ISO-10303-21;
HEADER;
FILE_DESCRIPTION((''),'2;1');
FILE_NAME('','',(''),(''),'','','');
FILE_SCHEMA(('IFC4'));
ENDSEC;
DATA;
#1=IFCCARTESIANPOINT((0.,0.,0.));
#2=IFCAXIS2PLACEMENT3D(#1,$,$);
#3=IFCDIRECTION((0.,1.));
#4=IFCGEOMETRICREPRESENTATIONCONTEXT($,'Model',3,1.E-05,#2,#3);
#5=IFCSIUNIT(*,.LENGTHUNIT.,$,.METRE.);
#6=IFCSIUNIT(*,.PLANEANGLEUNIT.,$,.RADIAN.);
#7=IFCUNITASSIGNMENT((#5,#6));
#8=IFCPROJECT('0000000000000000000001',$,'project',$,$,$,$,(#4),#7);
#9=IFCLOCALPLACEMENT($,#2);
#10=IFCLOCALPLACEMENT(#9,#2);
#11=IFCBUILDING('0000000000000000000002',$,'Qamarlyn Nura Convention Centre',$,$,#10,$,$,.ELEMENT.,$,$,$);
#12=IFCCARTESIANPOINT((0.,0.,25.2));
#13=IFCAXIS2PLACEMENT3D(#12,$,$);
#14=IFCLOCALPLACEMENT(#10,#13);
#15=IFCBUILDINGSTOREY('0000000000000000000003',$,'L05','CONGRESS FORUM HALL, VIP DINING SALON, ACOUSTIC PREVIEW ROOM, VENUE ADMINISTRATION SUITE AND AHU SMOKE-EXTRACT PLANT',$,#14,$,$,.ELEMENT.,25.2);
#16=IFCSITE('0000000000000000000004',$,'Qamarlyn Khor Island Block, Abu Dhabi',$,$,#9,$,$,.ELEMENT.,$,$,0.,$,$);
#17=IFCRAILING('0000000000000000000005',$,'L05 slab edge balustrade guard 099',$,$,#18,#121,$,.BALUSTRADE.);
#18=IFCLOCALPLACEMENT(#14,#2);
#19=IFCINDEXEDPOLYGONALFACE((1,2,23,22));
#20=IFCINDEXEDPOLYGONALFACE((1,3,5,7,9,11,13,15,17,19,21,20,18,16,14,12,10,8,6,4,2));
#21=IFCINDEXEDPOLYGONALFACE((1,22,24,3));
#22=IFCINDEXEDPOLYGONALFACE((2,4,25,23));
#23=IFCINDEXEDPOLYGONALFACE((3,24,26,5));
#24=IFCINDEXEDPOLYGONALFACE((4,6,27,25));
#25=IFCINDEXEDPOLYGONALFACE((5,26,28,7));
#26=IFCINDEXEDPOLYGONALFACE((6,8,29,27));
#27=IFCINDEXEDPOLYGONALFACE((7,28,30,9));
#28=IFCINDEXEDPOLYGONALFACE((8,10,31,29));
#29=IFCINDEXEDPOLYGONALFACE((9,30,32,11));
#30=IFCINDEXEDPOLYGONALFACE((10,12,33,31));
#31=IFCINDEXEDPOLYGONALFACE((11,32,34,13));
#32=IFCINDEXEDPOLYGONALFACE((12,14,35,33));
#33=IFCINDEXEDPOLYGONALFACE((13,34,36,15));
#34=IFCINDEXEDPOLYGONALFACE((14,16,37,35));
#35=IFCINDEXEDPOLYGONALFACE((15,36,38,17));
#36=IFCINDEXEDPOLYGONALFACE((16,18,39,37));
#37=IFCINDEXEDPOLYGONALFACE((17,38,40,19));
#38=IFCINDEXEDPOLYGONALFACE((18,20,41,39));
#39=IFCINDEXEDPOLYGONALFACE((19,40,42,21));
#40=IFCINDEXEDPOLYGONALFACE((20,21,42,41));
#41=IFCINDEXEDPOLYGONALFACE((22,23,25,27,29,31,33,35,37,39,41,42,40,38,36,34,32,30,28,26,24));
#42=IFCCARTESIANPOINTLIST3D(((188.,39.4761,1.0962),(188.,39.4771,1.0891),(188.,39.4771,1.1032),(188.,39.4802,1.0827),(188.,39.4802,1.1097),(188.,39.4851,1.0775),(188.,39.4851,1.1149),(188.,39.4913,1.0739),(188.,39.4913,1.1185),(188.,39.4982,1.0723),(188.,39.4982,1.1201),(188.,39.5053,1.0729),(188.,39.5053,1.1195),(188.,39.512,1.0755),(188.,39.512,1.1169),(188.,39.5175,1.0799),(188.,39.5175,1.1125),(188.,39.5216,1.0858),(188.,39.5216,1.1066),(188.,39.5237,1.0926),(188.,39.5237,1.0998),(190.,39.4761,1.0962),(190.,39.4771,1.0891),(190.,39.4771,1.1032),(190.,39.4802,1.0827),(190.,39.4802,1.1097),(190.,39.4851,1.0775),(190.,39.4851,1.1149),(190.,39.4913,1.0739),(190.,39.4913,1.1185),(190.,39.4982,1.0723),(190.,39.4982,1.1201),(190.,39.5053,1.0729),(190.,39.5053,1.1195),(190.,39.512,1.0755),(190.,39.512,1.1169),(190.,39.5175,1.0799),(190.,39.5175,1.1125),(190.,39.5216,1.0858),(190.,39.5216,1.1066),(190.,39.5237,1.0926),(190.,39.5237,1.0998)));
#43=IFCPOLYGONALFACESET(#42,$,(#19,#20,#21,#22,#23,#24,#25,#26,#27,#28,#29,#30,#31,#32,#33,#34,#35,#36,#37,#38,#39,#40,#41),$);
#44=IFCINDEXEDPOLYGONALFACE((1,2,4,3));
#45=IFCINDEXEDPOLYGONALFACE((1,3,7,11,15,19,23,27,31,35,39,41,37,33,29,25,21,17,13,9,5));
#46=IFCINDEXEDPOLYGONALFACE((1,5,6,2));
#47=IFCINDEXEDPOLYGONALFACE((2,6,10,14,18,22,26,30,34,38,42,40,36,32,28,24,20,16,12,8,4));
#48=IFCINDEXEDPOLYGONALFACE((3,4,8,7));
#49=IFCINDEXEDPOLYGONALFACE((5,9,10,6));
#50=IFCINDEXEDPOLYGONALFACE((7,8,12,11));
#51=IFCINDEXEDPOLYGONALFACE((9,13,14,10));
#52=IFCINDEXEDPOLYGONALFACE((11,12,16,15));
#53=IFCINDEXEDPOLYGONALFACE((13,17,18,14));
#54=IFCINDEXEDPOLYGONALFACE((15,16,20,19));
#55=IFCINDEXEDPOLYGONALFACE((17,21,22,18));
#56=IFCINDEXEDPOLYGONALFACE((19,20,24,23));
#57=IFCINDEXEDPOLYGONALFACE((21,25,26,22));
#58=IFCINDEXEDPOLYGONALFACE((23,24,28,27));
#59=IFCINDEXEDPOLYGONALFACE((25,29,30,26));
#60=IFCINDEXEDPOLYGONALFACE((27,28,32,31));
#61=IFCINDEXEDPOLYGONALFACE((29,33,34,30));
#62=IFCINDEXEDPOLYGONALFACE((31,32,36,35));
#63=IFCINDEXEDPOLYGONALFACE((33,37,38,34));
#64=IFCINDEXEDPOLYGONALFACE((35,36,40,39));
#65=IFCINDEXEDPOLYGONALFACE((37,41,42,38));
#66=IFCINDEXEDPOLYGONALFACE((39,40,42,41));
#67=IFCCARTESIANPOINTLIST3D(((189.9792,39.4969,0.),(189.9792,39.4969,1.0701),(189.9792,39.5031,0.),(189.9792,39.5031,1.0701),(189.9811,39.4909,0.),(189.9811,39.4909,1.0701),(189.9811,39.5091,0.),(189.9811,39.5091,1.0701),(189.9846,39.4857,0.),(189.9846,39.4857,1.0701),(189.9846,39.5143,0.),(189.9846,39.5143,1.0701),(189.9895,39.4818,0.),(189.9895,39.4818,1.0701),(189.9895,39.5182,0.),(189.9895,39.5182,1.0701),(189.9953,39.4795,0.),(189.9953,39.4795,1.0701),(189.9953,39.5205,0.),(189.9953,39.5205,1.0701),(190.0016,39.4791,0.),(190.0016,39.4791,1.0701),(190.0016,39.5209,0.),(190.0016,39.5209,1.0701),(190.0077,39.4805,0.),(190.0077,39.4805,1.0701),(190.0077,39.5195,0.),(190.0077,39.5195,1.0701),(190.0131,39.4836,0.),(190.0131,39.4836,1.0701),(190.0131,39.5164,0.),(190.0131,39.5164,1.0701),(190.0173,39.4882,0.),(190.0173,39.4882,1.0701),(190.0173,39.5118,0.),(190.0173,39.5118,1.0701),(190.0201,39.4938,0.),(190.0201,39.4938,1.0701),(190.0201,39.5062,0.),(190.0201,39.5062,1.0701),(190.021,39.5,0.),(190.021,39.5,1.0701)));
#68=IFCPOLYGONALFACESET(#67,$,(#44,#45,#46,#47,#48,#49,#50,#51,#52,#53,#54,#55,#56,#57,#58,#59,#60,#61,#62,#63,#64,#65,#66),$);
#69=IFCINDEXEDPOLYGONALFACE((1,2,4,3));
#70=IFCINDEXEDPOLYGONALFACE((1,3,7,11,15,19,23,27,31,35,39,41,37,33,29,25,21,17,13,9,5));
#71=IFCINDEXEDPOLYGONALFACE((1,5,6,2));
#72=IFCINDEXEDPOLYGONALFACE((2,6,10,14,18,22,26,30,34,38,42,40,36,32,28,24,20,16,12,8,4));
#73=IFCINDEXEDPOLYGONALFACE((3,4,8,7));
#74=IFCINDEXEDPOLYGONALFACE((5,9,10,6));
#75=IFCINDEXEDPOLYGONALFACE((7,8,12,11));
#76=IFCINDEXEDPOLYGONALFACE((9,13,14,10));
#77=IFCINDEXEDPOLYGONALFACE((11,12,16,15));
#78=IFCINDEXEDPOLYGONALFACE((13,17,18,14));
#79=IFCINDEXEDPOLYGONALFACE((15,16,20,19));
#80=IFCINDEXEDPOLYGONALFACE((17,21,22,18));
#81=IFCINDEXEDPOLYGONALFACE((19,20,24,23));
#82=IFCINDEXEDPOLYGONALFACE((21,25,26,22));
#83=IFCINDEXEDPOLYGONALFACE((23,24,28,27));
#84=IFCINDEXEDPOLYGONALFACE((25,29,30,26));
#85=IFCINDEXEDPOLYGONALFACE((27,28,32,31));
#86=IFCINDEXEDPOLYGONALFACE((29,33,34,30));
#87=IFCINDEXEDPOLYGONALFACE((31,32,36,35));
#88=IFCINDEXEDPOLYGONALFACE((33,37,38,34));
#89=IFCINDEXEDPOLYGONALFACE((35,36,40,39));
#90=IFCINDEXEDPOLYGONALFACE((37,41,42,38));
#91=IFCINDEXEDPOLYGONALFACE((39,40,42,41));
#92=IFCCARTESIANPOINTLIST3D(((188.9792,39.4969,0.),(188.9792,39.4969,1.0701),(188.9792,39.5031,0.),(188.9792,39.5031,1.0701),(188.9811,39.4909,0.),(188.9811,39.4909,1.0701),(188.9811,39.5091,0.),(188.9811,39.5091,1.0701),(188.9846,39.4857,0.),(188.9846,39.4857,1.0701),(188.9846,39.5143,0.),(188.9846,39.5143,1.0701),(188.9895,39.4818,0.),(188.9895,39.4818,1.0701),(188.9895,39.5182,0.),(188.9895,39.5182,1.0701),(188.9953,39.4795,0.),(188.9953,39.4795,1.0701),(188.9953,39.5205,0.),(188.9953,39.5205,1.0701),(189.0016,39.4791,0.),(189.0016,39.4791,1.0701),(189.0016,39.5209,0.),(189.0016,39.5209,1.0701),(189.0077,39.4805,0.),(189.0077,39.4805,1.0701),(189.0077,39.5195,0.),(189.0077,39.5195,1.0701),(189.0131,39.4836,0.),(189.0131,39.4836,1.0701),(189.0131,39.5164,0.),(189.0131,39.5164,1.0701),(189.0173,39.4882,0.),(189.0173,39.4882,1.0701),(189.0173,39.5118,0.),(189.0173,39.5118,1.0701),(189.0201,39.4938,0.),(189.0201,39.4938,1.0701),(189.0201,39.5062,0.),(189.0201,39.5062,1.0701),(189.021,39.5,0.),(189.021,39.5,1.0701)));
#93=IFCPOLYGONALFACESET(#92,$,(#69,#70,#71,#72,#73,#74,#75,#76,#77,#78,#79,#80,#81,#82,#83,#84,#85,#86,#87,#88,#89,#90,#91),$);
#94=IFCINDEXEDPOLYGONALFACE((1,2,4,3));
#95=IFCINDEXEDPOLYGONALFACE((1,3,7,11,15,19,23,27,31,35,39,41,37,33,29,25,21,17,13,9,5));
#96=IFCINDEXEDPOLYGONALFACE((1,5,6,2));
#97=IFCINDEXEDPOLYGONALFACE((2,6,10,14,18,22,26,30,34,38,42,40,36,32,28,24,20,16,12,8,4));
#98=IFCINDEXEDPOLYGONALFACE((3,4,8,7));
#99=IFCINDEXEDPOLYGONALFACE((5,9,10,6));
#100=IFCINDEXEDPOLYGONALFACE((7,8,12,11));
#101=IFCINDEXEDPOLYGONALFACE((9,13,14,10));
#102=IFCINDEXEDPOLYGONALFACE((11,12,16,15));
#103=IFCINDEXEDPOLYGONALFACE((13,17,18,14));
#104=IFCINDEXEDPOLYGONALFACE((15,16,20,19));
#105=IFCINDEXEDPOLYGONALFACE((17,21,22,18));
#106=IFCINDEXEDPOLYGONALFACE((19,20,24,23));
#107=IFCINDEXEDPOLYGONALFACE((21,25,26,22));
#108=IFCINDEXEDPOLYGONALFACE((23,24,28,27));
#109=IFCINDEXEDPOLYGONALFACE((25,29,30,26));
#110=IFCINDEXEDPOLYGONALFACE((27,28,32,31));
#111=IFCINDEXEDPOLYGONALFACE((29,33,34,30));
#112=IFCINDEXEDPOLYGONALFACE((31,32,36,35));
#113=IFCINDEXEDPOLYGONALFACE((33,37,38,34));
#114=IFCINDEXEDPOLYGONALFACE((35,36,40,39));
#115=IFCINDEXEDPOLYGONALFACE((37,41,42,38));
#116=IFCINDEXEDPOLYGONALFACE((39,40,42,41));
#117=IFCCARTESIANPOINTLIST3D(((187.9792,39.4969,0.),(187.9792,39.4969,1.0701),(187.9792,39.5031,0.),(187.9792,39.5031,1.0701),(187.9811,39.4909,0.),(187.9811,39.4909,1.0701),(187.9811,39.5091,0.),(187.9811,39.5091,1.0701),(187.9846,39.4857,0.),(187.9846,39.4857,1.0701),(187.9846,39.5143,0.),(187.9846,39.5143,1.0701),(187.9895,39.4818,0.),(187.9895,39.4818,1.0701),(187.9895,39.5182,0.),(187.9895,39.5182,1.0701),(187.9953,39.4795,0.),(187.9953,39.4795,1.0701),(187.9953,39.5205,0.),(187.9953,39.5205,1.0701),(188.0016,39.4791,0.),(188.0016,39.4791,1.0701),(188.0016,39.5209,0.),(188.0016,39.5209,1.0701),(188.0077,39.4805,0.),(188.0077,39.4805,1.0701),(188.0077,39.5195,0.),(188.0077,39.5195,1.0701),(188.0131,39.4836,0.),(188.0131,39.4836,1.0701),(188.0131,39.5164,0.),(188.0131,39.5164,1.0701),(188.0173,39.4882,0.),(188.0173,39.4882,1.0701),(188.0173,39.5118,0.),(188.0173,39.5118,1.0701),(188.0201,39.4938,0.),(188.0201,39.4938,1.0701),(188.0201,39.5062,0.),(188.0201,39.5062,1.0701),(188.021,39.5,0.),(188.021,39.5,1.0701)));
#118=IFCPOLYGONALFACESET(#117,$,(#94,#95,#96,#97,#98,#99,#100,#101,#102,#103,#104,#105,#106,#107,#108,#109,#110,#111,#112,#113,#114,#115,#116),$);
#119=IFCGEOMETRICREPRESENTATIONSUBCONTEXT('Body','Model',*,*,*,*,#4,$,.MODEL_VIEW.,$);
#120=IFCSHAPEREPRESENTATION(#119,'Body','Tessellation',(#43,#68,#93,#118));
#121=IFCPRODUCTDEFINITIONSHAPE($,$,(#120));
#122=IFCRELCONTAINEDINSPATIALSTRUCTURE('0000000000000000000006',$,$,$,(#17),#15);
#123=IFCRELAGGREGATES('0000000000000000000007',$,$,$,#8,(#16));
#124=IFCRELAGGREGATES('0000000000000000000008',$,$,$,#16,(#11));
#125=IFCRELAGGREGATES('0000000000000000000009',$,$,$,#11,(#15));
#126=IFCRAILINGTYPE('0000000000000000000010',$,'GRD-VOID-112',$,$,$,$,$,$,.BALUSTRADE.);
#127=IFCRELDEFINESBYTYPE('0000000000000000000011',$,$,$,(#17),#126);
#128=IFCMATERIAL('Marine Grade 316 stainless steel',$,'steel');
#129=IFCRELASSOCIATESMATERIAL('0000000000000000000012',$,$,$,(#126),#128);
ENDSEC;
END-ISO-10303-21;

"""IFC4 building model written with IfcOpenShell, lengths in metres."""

from ifc_helpers import new_model, si_unit, direction, frame, origin, origin_2d, place, context, subcontext, project, spatial, circle, extrude, material, type_object, element, save


model = new_model("IFC4")

# Units and contexts
model_context = context("Model", 3, precision=1e-05, world=origin(), true_north=direction((0.0, 1.0)))
body_context = subcontext(model_context, "Body", "Model", "MODEL_VIEW")
ifc_project = project(units=[si_unit("LENGTHUNIT", "METRE"), si_unit("PLANEANGLEUNIT", "RADIAN")], contexts=[model_context])

# Site, building, storey
site_placement = place(None, origin())
site = spatial("IfcSite", under=ifc_project, at=site_placement, Name="Qamarlyn Khor Island Block, Abu Dhabi", CompositionType="ELEMENT", RefElevation=0.0)
building_placement = place(site_placement, origin())
building = spatial("IfcBuilding", under=site, at=building_placement, Name="Qamarlyn Nura Convention Centre", CompositionType="ELEMENT")
storey_placement = place(building_placement, frame((0.0, 0.0, 25.2)))
storey = spatial("IfcBuildingStorey", under=building, at=storey_placement, Name="L05", Description="CONGRESS FORUM HALL, VIP DINING SALON, ACOUSTIC PREVIEW ROOM, VENUE ADMINISTRATION SUITE AND AHU SMOKE-EXTRACT PLANT", CompositionType="ELEMENT", Elevation=25.2)

# Railing
ifc_material_1 = material(Name="Marine Grade 316 stainless steel", Category="steel")
railing_type = type_object("IfcRailingType", Name="GRD-VOID-112", PredefinedType="BALUSTRADE", material=ifc_material_1)
railing_1_placement = place(storey_placement, frame((190.0, 39.5, 0.0)))
element("IfcRailing", 1, at=railing_1_placement, inside=storey, type_object=railing_type, Name="L05 slab edge balustrade guard 099", PredefinedType="BALUSTRADE", context=body_context, shape_type="SweptSolid", body=[
    extrude(circle(Radius=0.0239, at=origin_2d()), frame((0.0, 0.0, 1.0962), z_axis=(-1.0, 0.0, 0.0), x_axis=(0.0, -1.0, 0.0)), (0.0, 0.0, 1.0), 2.0),
    extrude(circle(Radius=0.021, at=origin_2d()), origin(), (0.0, 0.0, 1.0), 1.0701),
    extrude(circle(Radius=0.021, at=origin_2d()), frame((-1.0, 0.0, 0.0)), (0.0, 0.0, 1.0), 1.0701),
    extrude(circle(Radius=0.021, at=origin_2d()), frame((-2.0, 0.0, 0.0)), (0.0, 0.0, 1.0), 1.0701),
])

save(model, "model.ifc")
